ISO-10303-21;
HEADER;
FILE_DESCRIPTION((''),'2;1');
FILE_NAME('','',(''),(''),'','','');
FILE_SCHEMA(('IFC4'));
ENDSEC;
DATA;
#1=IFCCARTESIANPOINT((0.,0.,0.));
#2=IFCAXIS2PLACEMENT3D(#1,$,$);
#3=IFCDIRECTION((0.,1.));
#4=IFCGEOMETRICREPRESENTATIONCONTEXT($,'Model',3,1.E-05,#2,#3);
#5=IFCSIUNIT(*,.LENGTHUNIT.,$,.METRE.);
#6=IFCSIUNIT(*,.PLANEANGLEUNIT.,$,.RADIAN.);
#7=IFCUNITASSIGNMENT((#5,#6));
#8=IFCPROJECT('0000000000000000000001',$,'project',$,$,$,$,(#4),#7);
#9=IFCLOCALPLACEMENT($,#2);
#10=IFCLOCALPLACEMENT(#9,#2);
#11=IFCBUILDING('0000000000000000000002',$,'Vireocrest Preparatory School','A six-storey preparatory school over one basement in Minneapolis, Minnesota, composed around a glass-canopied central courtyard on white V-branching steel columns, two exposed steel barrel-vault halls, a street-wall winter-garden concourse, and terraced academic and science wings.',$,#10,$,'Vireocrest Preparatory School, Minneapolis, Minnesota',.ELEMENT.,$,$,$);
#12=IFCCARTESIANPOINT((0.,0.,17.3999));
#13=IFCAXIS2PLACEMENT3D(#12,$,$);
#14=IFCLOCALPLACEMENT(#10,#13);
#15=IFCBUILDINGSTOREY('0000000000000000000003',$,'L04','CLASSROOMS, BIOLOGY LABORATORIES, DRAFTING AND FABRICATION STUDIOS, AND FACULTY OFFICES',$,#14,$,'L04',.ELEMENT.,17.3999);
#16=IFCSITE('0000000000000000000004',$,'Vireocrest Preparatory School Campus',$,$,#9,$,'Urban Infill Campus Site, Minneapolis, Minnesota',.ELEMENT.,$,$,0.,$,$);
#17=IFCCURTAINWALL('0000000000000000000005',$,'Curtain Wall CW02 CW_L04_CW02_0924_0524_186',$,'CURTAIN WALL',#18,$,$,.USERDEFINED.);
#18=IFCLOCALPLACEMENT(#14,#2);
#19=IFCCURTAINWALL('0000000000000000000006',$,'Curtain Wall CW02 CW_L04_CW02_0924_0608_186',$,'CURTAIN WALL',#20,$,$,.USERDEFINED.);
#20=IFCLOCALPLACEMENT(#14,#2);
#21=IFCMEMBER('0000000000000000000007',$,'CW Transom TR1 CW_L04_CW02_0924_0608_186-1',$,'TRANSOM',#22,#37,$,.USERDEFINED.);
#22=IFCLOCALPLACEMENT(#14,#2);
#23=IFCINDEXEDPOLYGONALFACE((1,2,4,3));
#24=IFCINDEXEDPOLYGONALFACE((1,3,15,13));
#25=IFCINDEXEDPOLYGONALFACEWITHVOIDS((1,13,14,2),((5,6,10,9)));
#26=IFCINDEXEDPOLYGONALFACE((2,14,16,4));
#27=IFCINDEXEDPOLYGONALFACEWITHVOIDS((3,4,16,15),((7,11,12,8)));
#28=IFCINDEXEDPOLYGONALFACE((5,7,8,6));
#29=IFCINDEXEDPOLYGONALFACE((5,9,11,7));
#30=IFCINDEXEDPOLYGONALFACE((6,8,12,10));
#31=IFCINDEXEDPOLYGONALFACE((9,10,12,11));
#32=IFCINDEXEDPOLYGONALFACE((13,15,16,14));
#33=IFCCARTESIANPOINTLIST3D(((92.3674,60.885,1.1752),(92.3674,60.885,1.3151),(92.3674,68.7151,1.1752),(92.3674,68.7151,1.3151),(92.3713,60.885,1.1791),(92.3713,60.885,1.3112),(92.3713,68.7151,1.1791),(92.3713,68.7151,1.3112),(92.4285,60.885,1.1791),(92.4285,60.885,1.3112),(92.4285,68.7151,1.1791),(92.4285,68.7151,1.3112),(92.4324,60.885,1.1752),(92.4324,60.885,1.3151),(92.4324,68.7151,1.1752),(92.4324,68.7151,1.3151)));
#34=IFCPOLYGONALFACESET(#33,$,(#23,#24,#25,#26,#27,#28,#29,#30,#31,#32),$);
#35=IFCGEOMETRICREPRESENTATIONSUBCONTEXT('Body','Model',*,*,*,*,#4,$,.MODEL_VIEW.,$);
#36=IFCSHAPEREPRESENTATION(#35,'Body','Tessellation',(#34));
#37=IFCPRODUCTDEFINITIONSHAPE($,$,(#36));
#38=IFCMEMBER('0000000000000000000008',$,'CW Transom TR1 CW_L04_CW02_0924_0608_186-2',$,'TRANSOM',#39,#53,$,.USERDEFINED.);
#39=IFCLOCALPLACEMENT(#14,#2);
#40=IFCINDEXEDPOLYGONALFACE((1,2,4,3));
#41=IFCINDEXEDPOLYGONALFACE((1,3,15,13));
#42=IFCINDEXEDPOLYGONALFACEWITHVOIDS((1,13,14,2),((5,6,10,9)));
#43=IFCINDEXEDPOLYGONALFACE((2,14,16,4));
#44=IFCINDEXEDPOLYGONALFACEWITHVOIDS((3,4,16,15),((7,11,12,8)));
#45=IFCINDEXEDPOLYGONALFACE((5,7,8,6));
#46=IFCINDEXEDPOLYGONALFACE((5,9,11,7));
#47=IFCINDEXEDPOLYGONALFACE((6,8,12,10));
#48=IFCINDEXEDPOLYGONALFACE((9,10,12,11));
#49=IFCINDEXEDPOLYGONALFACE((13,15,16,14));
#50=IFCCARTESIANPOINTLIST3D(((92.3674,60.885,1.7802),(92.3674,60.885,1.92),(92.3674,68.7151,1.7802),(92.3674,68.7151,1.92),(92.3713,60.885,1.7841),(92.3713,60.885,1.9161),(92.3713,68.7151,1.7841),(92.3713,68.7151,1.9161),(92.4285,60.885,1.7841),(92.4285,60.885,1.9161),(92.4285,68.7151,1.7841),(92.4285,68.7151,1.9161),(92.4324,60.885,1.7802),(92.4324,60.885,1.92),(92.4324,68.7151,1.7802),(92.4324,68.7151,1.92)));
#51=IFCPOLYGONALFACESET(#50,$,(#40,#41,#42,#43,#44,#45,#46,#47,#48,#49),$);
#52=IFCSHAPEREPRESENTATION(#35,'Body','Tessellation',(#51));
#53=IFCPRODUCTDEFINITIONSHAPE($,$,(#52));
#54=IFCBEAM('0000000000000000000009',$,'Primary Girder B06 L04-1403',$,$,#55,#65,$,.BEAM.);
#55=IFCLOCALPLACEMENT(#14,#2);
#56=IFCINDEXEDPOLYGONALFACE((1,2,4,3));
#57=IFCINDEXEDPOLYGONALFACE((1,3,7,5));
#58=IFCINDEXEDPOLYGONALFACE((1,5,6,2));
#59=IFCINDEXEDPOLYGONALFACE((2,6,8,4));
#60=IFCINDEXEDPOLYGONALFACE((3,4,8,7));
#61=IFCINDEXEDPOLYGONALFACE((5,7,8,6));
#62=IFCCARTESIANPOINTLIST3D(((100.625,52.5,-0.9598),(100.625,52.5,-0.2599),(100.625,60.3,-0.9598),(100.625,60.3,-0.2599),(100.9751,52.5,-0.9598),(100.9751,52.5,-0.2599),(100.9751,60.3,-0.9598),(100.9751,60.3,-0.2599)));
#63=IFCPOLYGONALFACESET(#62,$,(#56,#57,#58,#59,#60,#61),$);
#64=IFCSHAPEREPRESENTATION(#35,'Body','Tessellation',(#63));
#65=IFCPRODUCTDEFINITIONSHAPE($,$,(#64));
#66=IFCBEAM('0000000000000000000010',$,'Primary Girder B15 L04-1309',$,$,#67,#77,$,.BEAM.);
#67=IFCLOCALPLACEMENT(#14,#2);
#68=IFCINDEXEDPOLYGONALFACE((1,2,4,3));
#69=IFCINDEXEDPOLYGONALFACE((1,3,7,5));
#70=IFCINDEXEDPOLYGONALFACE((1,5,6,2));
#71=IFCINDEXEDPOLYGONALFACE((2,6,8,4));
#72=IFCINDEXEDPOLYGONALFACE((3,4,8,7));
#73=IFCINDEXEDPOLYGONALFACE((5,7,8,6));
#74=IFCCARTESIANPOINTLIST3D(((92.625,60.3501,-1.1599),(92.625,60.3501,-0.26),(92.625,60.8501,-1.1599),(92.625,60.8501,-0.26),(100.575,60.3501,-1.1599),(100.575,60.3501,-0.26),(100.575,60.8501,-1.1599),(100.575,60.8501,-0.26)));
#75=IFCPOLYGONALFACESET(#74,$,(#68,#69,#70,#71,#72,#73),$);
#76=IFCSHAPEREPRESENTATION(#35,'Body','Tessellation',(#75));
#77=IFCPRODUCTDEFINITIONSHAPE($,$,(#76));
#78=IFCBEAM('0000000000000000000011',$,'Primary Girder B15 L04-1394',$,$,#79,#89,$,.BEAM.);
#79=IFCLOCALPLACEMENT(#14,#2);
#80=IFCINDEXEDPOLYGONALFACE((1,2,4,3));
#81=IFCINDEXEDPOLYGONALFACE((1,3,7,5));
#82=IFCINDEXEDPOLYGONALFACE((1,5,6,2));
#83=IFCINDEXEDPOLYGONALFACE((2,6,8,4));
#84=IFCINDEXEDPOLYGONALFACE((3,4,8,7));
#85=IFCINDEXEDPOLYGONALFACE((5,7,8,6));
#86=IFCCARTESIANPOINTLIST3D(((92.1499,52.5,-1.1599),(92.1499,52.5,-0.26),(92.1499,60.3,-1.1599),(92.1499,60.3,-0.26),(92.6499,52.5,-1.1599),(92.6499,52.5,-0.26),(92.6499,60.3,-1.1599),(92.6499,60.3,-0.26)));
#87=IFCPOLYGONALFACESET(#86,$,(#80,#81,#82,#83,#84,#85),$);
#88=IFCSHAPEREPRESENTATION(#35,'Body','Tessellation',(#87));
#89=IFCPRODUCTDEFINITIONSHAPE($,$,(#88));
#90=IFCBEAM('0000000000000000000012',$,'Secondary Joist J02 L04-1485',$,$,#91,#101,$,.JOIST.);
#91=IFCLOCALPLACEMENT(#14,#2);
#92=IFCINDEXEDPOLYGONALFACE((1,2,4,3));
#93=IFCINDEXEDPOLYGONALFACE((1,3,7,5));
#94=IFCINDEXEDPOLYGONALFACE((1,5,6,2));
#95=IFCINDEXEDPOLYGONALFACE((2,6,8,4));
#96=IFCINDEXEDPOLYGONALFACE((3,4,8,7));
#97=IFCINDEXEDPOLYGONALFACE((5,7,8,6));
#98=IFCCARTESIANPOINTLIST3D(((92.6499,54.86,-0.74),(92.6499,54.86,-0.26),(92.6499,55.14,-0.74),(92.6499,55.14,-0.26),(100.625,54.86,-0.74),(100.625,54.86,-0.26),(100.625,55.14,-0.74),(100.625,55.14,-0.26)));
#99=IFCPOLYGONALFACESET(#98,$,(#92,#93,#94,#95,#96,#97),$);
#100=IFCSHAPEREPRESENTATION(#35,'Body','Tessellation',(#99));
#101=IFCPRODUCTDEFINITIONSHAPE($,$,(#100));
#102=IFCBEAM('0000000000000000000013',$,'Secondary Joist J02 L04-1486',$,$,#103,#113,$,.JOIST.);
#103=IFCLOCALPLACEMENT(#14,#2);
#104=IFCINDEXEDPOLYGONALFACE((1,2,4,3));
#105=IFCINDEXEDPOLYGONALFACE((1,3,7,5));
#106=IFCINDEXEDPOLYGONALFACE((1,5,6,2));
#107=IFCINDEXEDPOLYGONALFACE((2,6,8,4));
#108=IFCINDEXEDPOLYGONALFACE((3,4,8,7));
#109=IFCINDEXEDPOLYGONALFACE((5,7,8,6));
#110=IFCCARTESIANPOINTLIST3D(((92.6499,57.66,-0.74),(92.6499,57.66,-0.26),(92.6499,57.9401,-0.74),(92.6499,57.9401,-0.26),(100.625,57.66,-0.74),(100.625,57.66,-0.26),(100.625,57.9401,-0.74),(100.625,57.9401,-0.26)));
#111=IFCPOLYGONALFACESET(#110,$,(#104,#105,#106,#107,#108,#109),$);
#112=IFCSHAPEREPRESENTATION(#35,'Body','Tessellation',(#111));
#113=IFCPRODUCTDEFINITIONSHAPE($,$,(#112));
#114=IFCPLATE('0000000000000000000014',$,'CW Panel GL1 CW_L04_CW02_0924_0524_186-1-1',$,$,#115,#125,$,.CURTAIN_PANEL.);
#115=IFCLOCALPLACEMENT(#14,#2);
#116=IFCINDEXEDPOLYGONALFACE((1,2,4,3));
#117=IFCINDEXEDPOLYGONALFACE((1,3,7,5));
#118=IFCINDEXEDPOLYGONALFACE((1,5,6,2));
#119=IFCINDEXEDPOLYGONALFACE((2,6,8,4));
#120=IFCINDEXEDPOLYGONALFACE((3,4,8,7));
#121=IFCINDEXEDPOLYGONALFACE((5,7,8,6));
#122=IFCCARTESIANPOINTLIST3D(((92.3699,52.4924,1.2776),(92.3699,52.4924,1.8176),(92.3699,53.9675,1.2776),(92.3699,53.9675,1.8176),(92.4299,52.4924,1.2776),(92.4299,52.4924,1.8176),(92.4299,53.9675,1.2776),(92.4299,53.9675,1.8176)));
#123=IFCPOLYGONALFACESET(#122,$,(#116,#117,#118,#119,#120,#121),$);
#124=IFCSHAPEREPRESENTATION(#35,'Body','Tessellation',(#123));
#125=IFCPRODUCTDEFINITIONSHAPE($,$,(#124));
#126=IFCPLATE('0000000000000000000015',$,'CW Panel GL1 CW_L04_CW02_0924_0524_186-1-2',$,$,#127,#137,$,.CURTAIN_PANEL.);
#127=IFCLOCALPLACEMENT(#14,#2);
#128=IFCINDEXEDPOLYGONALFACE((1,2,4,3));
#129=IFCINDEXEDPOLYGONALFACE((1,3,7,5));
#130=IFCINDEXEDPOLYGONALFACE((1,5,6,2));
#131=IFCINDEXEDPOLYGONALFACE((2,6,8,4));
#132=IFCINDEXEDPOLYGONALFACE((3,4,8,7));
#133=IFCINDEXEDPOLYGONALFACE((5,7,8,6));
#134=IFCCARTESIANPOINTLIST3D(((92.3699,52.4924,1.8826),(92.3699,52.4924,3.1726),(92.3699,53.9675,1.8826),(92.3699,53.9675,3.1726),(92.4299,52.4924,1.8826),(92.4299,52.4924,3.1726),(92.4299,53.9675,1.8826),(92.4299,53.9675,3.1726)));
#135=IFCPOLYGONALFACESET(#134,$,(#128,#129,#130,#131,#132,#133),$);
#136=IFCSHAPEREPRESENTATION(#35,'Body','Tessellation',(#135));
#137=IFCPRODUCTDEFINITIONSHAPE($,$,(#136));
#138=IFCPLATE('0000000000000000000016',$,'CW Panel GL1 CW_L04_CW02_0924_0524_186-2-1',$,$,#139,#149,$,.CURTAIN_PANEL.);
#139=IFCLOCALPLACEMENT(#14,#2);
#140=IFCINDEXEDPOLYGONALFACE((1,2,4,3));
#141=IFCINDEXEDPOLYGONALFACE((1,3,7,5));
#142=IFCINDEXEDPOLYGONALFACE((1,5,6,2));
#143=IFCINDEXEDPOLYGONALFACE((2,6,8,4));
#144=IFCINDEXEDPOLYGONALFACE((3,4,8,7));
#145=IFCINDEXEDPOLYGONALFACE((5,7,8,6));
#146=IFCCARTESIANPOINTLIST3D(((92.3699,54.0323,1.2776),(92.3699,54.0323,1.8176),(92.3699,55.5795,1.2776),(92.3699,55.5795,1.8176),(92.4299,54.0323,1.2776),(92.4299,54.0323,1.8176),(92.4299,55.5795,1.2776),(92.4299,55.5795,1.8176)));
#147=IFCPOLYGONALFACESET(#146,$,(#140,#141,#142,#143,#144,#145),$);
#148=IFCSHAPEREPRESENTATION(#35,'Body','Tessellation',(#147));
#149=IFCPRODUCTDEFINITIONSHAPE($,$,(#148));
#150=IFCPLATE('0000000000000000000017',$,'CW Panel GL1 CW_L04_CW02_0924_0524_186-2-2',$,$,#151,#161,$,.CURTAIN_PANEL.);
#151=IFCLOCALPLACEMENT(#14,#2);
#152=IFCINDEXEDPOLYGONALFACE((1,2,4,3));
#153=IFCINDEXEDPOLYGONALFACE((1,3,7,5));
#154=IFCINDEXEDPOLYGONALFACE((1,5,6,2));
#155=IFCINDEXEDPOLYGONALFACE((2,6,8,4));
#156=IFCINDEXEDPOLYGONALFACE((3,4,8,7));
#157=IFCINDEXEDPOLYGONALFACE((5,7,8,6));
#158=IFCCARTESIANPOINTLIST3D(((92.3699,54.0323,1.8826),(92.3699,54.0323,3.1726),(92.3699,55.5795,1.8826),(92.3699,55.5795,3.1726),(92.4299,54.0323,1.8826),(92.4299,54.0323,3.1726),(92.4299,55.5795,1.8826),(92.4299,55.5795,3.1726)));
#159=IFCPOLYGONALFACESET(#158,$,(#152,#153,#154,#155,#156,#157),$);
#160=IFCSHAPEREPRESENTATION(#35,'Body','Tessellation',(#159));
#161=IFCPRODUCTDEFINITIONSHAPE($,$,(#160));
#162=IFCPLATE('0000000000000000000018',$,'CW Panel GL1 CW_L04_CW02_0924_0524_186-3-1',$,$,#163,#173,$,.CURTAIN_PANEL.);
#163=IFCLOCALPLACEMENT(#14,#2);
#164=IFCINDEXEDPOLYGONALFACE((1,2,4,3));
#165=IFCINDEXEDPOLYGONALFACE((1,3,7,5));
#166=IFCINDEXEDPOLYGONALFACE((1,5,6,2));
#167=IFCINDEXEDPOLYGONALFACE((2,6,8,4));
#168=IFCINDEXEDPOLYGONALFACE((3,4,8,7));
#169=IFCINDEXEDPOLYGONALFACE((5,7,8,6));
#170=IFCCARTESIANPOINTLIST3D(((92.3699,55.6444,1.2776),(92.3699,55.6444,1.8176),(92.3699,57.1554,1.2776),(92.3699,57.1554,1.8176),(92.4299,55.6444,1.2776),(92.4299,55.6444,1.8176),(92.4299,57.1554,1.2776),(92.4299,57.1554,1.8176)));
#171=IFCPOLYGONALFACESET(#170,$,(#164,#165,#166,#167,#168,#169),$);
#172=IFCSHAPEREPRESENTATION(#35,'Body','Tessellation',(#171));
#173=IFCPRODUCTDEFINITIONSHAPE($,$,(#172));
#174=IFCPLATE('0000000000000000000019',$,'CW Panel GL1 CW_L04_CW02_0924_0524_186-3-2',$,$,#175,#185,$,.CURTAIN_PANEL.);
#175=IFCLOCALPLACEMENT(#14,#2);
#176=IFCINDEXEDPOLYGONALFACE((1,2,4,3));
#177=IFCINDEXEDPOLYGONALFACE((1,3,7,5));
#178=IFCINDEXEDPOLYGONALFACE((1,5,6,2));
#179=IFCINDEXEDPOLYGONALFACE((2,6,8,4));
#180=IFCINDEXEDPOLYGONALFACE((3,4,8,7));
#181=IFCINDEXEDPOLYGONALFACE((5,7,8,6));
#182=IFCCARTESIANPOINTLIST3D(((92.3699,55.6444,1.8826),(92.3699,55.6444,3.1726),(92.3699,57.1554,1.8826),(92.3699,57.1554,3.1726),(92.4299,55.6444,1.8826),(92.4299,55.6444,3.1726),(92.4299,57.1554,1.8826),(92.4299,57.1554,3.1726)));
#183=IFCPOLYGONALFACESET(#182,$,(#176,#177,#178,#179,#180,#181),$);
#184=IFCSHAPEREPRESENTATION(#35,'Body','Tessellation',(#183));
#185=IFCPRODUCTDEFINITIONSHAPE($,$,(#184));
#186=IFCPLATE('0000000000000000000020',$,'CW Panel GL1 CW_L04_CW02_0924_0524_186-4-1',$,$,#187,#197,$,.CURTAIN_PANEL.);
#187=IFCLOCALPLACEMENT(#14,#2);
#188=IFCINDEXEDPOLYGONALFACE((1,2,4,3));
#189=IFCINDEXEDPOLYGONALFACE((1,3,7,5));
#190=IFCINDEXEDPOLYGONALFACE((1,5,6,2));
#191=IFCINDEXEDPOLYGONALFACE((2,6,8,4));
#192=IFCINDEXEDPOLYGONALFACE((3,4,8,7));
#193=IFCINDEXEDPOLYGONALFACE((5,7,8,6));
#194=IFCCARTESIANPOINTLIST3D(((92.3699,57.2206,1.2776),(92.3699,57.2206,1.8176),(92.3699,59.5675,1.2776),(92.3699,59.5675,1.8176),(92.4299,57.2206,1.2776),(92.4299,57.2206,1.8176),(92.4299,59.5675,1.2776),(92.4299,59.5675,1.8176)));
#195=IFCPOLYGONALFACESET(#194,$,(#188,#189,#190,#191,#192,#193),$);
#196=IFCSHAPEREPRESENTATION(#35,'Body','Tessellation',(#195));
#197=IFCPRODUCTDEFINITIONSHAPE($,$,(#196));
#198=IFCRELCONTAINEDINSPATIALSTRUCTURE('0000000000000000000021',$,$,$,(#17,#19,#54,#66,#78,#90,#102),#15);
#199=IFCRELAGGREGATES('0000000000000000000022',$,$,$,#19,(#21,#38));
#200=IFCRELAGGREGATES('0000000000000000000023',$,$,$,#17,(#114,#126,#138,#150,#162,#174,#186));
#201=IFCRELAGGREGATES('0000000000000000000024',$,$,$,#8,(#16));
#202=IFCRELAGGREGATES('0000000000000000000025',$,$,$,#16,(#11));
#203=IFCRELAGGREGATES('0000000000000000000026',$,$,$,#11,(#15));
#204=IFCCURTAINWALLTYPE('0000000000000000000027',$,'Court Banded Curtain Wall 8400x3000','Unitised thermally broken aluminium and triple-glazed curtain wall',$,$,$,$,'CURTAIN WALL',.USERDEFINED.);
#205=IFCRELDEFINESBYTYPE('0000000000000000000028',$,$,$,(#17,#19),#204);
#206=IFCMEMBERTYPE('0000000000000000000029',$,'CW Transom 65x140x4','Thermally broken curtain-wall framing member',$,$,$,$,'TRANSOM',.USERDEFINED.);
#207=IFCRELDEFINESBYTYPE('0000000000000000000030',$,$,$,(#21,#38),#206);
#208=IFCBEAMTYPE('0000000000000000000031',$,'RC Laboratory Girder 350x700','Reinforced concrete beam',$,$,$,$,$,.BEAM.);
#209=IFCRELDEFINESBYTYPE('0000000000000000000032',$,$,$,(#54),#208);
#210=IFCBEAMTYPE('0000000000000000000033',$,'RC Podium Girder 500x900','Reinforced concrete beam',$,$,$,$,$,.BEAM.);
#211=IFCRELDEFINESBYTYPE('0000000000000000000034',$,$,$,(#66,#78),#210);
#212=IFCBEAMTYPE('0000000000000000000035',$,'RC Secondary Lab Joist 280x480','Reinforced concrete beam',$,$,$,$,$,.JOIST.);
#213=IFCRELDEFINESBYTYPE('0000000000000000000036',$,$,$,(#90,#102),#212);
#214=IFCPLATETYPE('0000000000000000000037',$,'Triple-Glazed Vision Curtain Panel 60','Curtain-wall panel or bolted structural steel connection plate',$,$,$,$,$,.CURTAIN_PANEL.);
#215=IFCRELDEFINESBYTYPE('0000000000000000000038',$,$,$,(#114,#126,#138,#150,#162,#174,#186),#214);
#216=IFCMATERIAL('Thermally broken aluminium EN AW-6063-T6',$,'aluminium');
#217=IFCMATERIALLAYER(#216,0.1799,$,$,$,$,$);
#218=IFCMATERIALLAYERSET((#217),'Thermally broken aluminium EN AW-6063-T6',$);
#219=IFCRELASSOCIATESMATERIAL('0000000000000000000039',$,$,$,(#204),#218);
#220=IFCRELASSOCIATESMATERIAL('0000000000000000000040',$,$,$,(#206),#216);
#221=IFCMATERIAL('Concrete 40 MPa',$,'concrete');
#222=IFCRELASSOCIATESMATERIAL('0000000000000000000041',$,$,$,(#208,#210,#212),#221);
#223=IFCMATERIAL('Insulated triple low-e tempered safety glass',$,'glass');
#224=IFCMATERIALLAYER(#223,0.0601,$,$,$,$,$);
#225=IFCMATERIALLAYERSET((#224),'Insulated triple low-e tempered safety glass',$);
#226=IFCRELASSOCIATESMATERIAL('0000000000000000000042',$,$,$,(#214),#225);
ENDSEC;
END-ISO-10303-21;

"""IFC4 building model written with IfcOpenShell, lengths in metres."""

from ifc_helpers import new_model, si_unit, direction, frame, origin, origin_2d, place, context, subcontext, project, spatial, rectangle, hollow_rectangle, extrude, material, layer, layer_set, material_profile, profile_set, type_object, element, aggregate, save


model = new_model("IFC4")

# Units and contexts
model_context = context("Model", 3, precision=1e-05, world=origin(), true_north=direction((0.0, 1.0)))
body_context = subcontext(model_context, "Body", "Model", "MODEL_VIEW")
ifc_project = project(units=[si_unit("LENGTHUNIT", "METRE"), si_unit("PLANEANGLEUNIT", "RADIAN")], contexts=[model_context])

# Site, building, storey
site_placement = place(None, origin())
site = spatial("IfcSite", under=ifc_project, at=site_placement, Name="Vireocrest Preparatory School Campus", LongName="Urban Infill Campus Site, Minneapolis, Minnesota", CompositionType="ELEMENT", RefElevation=0.0)
building_placement = place(site_placement, origin())
building = spatial("IfcBuilding", under=site, at=building_placement, Name="Vireocrest Preparatory School", Description="A six-storey preparatory school over one basement in Minneapolis, Minnesota, composed around a glass-canopied central courtyard on white V-branching steel columns, two exposed steel barrel-vault halls, a street-wall winter-garden concourse, and terraced academic and science wings.", LongName="Vireocrest Preparatory School, Minneapolis, Minnesota", CompositionType="ELEMENT")
storey_placement = place(building_placement, frame((0.0, 0.0, 17.3999)))
storey = spatial("IfcBuildingStorey", under=building, at=storey_placement, Name="L04", Description="CLASSROOMS, BIOLOGY LABORATORIES, DRAFTING AND FABRICATION STUDIOS, AND FACULTY OFFICES", LongName="L04", CompositionType="ELEMENT", Elevation=17.3999)

# Curtain wall
ifc_material_1 = material(Name="Thermally broken aluminium EN AW-6063-T6", Category="aluminium")
ifc_layer_1 = layer(ifc_material_1, 0.1799)
ifc_layer_set_1 = layer_set([ifc_layer_1], Name="Thermally broken aluminium EN AW-6063-T6")
curtain_wall_type = type_object("IfcCurtainWallType", Name="Court Banded Curtain Wall 8400x3000", Description="Unitised thermally broken aluminium and triple-glazed curtain wall", ElementType="CURTAIN WALL", PredefinedType="USERDEFINED", material=ifc_layer_set_1)
curtain_wall_1_placement = place(storey_placement, origin())
curtain_wall_1 = element("IfcCurtainWall", 1, at=curtain_wall_1_placement, inside=storey, type_object=curtain_wall_type, Name="Curtain Wall CW02 CW_L04_CW02_0924_0524_186", ObjectType="CURTAIN WALL", PredefinedType="USERDEFINED")

# Curtain wall
curtain_wall_2_placement = place(storey_placement, origin())
curtain_wall_2 = element("IfcCurtainWall", 2, at=curtain_wall_2_placement, inside=storey, type_object=curtain_wall_type, Name="Curtain Wall CW02 CW_L04_CW02_0924_0608_186", ObjectType="CURTAIN WALL", PredefinedType="USERDEFINED")

# Members
ifc_material_profile_1 = material_profile(ifc_material_1, hollow_rectangle(XDim=0.0649, YDim=0.1399, WallThickness=0.0039, at=origin_2d()), Name="ALU 65x140x4")
ifc_profile_set_1 = profile_set([ifc_material_profile_1], Name="Thermally broken aluminium EN AW-6063-T6")
member_type_1 = type_object("IfcMemberType", Name="CW Transom 65x140x4", Description="Thermally broken curtain-wall framing member", ElementType="TRANSOM", PredefinedType="USERDEFINED", material=ifc_profile_set_1)
member_1_placement = place(storey_placement, frame((92.3999, 60.885, 1.2451), z_axis=(0.0, 1.0, 0.0), x_axis=(-1.0, 0.0, 0.0)))
member_1 = element("IfcMember", 3, at=member_1_placement, type_object=member_type_1, Name="CW Transom TR1 CW_L04_CW02_0924_0608_186-1", ObjectType="TRANSOM", PredefinedType="USERDEFINED", context=body_context, shape_type="SweptSolid", body=[
    extrude(hollow_rectangle(XDim=0.0649, YDim=0.1399, WallThickness=0.0039, at=origin_2d()), origin(), (0.0, 0.0, 1.0), 7.8301),
])
member_2_placement = place(storey_placement, frame((92.3999, 60.885, 1.8501), z_axis=(0.0, 1.0, 0.0), x_axis=(-1.0, 0.0, 0.0)))
member_2 = element("IfcMember", 4, at=member_2_placement, type_object=member_type_1, Name="CW Transom TR1 CW_L04_CW02_0924_0608_186-2", ObjectType="TRANSOM", PredefinedType="USERDEFINED", context=body_context, shape_type="SweptSolid", body=[
    extrude(hollow_rectangle(XDim=0.0649, YDim=0.1399, WallThickness=0.0039, at=origin_2d()), origin(), (0.0, 0.0, 1.0), 7.8301),
])
aggregate(curtain_wall_2, [member_1, member_2])

# Beams
ifc_material_2 = material(Name="Concrete 40 MPa", Category="concrete")
ifc_material_profile_2 = material_profile(ifc_material_2, rectangle(XDim=0.3501, YDim=0.7, at=origin_2d()), Name="RC 350x700")
ifc_profile_set_2 = profile_set([ifc_material_profile_2], Name="Concrete 40 MPa")
beam_type_1 = type_object("IfcBeamType", Name="RC Laboratory Girder 350x700", Description="Reinforced concrete beam", PredefinedType="BEAM", material=ifc_profile_set_2)
beam_1_placement = place(storey_placement, frame((100.8, 52.5, -0.6099), z_axis=(0.0, 1.0, 0.0), x_axis=(-1.0, 0.0, 0.0)))
element("IfcBeam", 5, at=beam_1_placement, inside=storey, type_object=beam_type_1, Name="Primary Girder B06 L04-1403", PredefinedType="BEAM", context=body_context, shape_type="SweptSolid", body=[
    extrude(rectangle(XDim=0.3501, YDim=0.7, at=origin_2d()), origin(), (0.0, 0.0, 1.0), 7.8),
])
ifc_material_profile_3 = material_profile(ifc_material_2, rectangle(XDim=0.5, YDim=0.8999, at=origin_2d()), Name="RC 500x900")
ifc_profile_set_3 = profile_set([ifc_material_profile_3], Name="Concrete 40 MPa")
beam_type_2 = type_object("IfcBeamType", Name="RC Podium Girder 500x900", Description="Reinforced concrete beam", PredefinedType="BEAM", material=ifc_profile_set_3)
beam_2_placement = place(storey_placement, frame((92.625, 60.6001, -0.71), z_axis=(1.0, 0.0, 0.0), x_axis=(0.0, 1.0, 0.0)))
element("IfcBeam", 6, at=beam_2_placement, inside=storey, type_object=beam_type_2, Name="Primary Girder B15 L04-1309", PredefinedType="BEAM", context=body_context, shape_type="SweptSolid", body=[
    extrude(rectangle(XDim=0.5, YDim=0.8999, at=origin_2d()), origin(), (0.0, 0.0, 1.0), 7.95),
])
beam_3_placement = place(storey_placement, frame((92.3999, 52.5, -0.71), z_axis=(0.0, 1.0, 0.0), x_axis=(-1.0, 0.0, 0.0)))
element("IfcBeam", 7, at=beam_3_placement, inside=storey, type_object=beam_type_2, Name="Primary Girder B15 L04-1394", PredefinedType="BEAM", context=body_context, shape_type="SweptSolid", body=[
    extrude(rectangle(XDim=0.5, YDim=0.8999, at=origin_2d()), origin(), (0.0, 0.0, 1.0), 7.8),
])
ifc_material_profile_4 = material_profile(ifc_material_2, rectangle(XDim=0.28, YDim=0.48, at=origin_2d()), Name="RC 280x480")
ifc_profile_set_4 = profile_set([ifc_material_profile_4], Name="Concrete 40 MPa")
beam_type_3 = type_object("IfcBeamType", Name="RC Secondary Lab Joist 280x480", Description="Reinforced concrete beam", PredefinedType="JOIST", material=ifc_profile_set_4)
for number, where, z_axis, x_axis, name in (
    (8, (92.6499, 55.0, -0.5), (1.0, 0.0, 0.0), (0.0, 1.0, 0.0), "Secondary Joist J02 L04-1485"),
    (9, (92.6499, 57.8, -0.5), (1.0, 0.0, 0.0), (0.0, 1.0, 0.0), "Secondary Joist J02 L04-1486"),
):
    element("IfcBeam", number, at=place(storey_placement, frame(where, z_axis=z_axis, x_axis=x_axis)), inside=storey, type_object=beam_type_3, Name=name, PredefinedType="JOIST", context=body_context, shape_type="SweptSolid", body=[
        extrude(rectangle(XDim=0.28, YDim=0.48, at=origin_2d()), origin(), (0.0, 0.0, 1.0), 7.9751),
    ])

# Plates
ifc_material_3 = material(Name="Insulated triple low-e tempered safety glass", Category="glass")
ifc_layer_2 = layer(ifc_material_3, 0.0601)
ifc_layer_set_2 = layer_set([ifc_layer_2], Name="Insulated triple low-e tempered safety glass")
plate_type = type_object("IfcPlateType", Name="Triple-Glazed Vision Curtain Panel 60", Description="Curtain-wall panel or bolted structural steel connection plate", PredefinedType="CURTAIN_PANEL", material=ifc_layer_set_2)
plate_1_placement = place(storey_placement, frame((92.3999, 53.23, 1.2776), z_axis=(0.0, 0.0, 1.0), x_axis=(0.0, 1.0, 0.0)))
plate_1 = element("IfcPlate", 10, at=plate_1_placement, type_object=plate_type, Name="CW Panel GL1 CW_L04_CW02_0924_0524_186-1-1", PredefinedType="CURTAIN_PANEL", context=body_context, shape_type="SweptSolid", body=[
    extrude(rectangle(XDim=1.4751, YDim=0.0601, at=origin_2d()), origin(), (0.0, 0.0, 1.0), 0.54),
])
plate_2_placement = place(storey_placement, frame((92.3999, 53.23, 1.8826), z_axis=(0.0, 0.0, 1.0), x_axis=(0.0, 1.0, 0.0)))
plate_2 = element("IfcPlate", 11, at=plate_2_placement, type_object=plate_type, Name="CW Panel GL1 CW_L04_CW02_0924_0524_186-1-2", PredefinedType="CURTAIN_PANEL", context=body_context, shape_type="SweptSolid", body=[
    extrude(rectangle(XDim=1.4751, YDim=0.0601, at=origin_2d()), origin(), (0.0, 0.0, 1.0), 1.29),
])
plate_3_placement = place(storey_placement, frame((92.3999, 54.8059, 1.2776), z_axis=(0.0, 0.0, 1.0), x_axis=(0.0, 1.0, 0.0)))
plate_3 = element("IfcPlate", 12, at=plate_3_placement, type_object=plate_type, Name="CW Panel GL1 CW_L04_CW02_0924_0524_186-2-1", PredefinedType="CURTAIN_PANEL", context=body_context, shape_type="SweptSolid", body=[
    extrude(rectangle(XDim=1.5471, YDim=0.0601, at=origin_2d()), origin(), (0.0, 0.0, 1.0), 0.54),
])
plate_4_placement = place(storey_placement, frame((92.3999, 54.8059, 1.8826), z_axis=(0.0, 0.0, 1.0), x_axis=(0.0, 1.0, 0.0)))
plate_4 = element("IfcPlate", 13, at=plate_4_placement, type_object=plate_type, Name="CW Panel GL1 CW_L04_CW02_0924_0524_186-2-2", PredefinedType="CURTAIN_PANEL", context=body_context, shape_type="SweptSolid", body=[
    extrude(rectangle(XDim=1.5471, YDim=0.0601, at=origin_2d()), origin(), (0.0, 0.0, 1.0), 1.29),
])
plate_5_placement = place(storey_placement, frame((92.3999, 56.3999, 1.2776), z_axis=(0.0, 0.0, 1.0), x_axis=(0.0, 1.0, 0.0)))
plate_5 = element("IfcPlate", 14, at=plate_5_placement, type_object=plate_type, Name="CW Panel GL1 CW_L04_CW02_0924_0524_186-3-1", PredefinedType="CURTAIN_PANEL", context=body_context, shape_type="SweptSolid", body=[
    extrude(rectangle(XDim=1.511, YDim=0.0601, at=origin_2d()), origin(), (0.0, 0.0, 1.0), 0.54),
])
plate_6_placement = place(storey_placement, frame((92.3999, 56.3999, 1.8826), z_axis=(0.0, 0.0, 1.0), x_axis=(0.0, 1.0, 0.0)))
plate_6 = element("IfcPlate", 15, at=plate_6_placement, type_object=plate_type, Name="CW Panel GL1 CW_L04_CW02_0924_0524_186-3-2", PredefinedType="CURTAIN_PANEL", context=body_context, shape_type="SweptSolid", body=[
    extrude(rectangle(XDim=1.511, YDim=0.0601, at=origin_2d()), origin(), (0.0, 0.0, 1.0), 1.29),
])
plate_7_placement = place(storey_placement, frame((92.3999, 58.394, 1.2776), z_axis=(0.0, 0.0, 1.0), x_axis=(0.0, 1.0, 0.0)))
plate_7 = element("IfcPlate", 16, at=plate_7_placement, type_object=plate_type, Name="CW Panel GL1 CW_L04_CW02_0924_0524_186-4-1", PredefinedType="CURTAIN_PANEL", context=body_context, shape_type="SweptSolid", body=[
    extrude(rectangle(XDim=2.3469, YDim=0.0601, at=origin_2d()), origin(), (0.0, 0.0, 1.0), 0.54),
])
aggregate(curtain_wall_1, [plate_1, plate_2, plate_3, plate_4, plate_5, plate_6, plate_7])

save(model, "model.ifc")
